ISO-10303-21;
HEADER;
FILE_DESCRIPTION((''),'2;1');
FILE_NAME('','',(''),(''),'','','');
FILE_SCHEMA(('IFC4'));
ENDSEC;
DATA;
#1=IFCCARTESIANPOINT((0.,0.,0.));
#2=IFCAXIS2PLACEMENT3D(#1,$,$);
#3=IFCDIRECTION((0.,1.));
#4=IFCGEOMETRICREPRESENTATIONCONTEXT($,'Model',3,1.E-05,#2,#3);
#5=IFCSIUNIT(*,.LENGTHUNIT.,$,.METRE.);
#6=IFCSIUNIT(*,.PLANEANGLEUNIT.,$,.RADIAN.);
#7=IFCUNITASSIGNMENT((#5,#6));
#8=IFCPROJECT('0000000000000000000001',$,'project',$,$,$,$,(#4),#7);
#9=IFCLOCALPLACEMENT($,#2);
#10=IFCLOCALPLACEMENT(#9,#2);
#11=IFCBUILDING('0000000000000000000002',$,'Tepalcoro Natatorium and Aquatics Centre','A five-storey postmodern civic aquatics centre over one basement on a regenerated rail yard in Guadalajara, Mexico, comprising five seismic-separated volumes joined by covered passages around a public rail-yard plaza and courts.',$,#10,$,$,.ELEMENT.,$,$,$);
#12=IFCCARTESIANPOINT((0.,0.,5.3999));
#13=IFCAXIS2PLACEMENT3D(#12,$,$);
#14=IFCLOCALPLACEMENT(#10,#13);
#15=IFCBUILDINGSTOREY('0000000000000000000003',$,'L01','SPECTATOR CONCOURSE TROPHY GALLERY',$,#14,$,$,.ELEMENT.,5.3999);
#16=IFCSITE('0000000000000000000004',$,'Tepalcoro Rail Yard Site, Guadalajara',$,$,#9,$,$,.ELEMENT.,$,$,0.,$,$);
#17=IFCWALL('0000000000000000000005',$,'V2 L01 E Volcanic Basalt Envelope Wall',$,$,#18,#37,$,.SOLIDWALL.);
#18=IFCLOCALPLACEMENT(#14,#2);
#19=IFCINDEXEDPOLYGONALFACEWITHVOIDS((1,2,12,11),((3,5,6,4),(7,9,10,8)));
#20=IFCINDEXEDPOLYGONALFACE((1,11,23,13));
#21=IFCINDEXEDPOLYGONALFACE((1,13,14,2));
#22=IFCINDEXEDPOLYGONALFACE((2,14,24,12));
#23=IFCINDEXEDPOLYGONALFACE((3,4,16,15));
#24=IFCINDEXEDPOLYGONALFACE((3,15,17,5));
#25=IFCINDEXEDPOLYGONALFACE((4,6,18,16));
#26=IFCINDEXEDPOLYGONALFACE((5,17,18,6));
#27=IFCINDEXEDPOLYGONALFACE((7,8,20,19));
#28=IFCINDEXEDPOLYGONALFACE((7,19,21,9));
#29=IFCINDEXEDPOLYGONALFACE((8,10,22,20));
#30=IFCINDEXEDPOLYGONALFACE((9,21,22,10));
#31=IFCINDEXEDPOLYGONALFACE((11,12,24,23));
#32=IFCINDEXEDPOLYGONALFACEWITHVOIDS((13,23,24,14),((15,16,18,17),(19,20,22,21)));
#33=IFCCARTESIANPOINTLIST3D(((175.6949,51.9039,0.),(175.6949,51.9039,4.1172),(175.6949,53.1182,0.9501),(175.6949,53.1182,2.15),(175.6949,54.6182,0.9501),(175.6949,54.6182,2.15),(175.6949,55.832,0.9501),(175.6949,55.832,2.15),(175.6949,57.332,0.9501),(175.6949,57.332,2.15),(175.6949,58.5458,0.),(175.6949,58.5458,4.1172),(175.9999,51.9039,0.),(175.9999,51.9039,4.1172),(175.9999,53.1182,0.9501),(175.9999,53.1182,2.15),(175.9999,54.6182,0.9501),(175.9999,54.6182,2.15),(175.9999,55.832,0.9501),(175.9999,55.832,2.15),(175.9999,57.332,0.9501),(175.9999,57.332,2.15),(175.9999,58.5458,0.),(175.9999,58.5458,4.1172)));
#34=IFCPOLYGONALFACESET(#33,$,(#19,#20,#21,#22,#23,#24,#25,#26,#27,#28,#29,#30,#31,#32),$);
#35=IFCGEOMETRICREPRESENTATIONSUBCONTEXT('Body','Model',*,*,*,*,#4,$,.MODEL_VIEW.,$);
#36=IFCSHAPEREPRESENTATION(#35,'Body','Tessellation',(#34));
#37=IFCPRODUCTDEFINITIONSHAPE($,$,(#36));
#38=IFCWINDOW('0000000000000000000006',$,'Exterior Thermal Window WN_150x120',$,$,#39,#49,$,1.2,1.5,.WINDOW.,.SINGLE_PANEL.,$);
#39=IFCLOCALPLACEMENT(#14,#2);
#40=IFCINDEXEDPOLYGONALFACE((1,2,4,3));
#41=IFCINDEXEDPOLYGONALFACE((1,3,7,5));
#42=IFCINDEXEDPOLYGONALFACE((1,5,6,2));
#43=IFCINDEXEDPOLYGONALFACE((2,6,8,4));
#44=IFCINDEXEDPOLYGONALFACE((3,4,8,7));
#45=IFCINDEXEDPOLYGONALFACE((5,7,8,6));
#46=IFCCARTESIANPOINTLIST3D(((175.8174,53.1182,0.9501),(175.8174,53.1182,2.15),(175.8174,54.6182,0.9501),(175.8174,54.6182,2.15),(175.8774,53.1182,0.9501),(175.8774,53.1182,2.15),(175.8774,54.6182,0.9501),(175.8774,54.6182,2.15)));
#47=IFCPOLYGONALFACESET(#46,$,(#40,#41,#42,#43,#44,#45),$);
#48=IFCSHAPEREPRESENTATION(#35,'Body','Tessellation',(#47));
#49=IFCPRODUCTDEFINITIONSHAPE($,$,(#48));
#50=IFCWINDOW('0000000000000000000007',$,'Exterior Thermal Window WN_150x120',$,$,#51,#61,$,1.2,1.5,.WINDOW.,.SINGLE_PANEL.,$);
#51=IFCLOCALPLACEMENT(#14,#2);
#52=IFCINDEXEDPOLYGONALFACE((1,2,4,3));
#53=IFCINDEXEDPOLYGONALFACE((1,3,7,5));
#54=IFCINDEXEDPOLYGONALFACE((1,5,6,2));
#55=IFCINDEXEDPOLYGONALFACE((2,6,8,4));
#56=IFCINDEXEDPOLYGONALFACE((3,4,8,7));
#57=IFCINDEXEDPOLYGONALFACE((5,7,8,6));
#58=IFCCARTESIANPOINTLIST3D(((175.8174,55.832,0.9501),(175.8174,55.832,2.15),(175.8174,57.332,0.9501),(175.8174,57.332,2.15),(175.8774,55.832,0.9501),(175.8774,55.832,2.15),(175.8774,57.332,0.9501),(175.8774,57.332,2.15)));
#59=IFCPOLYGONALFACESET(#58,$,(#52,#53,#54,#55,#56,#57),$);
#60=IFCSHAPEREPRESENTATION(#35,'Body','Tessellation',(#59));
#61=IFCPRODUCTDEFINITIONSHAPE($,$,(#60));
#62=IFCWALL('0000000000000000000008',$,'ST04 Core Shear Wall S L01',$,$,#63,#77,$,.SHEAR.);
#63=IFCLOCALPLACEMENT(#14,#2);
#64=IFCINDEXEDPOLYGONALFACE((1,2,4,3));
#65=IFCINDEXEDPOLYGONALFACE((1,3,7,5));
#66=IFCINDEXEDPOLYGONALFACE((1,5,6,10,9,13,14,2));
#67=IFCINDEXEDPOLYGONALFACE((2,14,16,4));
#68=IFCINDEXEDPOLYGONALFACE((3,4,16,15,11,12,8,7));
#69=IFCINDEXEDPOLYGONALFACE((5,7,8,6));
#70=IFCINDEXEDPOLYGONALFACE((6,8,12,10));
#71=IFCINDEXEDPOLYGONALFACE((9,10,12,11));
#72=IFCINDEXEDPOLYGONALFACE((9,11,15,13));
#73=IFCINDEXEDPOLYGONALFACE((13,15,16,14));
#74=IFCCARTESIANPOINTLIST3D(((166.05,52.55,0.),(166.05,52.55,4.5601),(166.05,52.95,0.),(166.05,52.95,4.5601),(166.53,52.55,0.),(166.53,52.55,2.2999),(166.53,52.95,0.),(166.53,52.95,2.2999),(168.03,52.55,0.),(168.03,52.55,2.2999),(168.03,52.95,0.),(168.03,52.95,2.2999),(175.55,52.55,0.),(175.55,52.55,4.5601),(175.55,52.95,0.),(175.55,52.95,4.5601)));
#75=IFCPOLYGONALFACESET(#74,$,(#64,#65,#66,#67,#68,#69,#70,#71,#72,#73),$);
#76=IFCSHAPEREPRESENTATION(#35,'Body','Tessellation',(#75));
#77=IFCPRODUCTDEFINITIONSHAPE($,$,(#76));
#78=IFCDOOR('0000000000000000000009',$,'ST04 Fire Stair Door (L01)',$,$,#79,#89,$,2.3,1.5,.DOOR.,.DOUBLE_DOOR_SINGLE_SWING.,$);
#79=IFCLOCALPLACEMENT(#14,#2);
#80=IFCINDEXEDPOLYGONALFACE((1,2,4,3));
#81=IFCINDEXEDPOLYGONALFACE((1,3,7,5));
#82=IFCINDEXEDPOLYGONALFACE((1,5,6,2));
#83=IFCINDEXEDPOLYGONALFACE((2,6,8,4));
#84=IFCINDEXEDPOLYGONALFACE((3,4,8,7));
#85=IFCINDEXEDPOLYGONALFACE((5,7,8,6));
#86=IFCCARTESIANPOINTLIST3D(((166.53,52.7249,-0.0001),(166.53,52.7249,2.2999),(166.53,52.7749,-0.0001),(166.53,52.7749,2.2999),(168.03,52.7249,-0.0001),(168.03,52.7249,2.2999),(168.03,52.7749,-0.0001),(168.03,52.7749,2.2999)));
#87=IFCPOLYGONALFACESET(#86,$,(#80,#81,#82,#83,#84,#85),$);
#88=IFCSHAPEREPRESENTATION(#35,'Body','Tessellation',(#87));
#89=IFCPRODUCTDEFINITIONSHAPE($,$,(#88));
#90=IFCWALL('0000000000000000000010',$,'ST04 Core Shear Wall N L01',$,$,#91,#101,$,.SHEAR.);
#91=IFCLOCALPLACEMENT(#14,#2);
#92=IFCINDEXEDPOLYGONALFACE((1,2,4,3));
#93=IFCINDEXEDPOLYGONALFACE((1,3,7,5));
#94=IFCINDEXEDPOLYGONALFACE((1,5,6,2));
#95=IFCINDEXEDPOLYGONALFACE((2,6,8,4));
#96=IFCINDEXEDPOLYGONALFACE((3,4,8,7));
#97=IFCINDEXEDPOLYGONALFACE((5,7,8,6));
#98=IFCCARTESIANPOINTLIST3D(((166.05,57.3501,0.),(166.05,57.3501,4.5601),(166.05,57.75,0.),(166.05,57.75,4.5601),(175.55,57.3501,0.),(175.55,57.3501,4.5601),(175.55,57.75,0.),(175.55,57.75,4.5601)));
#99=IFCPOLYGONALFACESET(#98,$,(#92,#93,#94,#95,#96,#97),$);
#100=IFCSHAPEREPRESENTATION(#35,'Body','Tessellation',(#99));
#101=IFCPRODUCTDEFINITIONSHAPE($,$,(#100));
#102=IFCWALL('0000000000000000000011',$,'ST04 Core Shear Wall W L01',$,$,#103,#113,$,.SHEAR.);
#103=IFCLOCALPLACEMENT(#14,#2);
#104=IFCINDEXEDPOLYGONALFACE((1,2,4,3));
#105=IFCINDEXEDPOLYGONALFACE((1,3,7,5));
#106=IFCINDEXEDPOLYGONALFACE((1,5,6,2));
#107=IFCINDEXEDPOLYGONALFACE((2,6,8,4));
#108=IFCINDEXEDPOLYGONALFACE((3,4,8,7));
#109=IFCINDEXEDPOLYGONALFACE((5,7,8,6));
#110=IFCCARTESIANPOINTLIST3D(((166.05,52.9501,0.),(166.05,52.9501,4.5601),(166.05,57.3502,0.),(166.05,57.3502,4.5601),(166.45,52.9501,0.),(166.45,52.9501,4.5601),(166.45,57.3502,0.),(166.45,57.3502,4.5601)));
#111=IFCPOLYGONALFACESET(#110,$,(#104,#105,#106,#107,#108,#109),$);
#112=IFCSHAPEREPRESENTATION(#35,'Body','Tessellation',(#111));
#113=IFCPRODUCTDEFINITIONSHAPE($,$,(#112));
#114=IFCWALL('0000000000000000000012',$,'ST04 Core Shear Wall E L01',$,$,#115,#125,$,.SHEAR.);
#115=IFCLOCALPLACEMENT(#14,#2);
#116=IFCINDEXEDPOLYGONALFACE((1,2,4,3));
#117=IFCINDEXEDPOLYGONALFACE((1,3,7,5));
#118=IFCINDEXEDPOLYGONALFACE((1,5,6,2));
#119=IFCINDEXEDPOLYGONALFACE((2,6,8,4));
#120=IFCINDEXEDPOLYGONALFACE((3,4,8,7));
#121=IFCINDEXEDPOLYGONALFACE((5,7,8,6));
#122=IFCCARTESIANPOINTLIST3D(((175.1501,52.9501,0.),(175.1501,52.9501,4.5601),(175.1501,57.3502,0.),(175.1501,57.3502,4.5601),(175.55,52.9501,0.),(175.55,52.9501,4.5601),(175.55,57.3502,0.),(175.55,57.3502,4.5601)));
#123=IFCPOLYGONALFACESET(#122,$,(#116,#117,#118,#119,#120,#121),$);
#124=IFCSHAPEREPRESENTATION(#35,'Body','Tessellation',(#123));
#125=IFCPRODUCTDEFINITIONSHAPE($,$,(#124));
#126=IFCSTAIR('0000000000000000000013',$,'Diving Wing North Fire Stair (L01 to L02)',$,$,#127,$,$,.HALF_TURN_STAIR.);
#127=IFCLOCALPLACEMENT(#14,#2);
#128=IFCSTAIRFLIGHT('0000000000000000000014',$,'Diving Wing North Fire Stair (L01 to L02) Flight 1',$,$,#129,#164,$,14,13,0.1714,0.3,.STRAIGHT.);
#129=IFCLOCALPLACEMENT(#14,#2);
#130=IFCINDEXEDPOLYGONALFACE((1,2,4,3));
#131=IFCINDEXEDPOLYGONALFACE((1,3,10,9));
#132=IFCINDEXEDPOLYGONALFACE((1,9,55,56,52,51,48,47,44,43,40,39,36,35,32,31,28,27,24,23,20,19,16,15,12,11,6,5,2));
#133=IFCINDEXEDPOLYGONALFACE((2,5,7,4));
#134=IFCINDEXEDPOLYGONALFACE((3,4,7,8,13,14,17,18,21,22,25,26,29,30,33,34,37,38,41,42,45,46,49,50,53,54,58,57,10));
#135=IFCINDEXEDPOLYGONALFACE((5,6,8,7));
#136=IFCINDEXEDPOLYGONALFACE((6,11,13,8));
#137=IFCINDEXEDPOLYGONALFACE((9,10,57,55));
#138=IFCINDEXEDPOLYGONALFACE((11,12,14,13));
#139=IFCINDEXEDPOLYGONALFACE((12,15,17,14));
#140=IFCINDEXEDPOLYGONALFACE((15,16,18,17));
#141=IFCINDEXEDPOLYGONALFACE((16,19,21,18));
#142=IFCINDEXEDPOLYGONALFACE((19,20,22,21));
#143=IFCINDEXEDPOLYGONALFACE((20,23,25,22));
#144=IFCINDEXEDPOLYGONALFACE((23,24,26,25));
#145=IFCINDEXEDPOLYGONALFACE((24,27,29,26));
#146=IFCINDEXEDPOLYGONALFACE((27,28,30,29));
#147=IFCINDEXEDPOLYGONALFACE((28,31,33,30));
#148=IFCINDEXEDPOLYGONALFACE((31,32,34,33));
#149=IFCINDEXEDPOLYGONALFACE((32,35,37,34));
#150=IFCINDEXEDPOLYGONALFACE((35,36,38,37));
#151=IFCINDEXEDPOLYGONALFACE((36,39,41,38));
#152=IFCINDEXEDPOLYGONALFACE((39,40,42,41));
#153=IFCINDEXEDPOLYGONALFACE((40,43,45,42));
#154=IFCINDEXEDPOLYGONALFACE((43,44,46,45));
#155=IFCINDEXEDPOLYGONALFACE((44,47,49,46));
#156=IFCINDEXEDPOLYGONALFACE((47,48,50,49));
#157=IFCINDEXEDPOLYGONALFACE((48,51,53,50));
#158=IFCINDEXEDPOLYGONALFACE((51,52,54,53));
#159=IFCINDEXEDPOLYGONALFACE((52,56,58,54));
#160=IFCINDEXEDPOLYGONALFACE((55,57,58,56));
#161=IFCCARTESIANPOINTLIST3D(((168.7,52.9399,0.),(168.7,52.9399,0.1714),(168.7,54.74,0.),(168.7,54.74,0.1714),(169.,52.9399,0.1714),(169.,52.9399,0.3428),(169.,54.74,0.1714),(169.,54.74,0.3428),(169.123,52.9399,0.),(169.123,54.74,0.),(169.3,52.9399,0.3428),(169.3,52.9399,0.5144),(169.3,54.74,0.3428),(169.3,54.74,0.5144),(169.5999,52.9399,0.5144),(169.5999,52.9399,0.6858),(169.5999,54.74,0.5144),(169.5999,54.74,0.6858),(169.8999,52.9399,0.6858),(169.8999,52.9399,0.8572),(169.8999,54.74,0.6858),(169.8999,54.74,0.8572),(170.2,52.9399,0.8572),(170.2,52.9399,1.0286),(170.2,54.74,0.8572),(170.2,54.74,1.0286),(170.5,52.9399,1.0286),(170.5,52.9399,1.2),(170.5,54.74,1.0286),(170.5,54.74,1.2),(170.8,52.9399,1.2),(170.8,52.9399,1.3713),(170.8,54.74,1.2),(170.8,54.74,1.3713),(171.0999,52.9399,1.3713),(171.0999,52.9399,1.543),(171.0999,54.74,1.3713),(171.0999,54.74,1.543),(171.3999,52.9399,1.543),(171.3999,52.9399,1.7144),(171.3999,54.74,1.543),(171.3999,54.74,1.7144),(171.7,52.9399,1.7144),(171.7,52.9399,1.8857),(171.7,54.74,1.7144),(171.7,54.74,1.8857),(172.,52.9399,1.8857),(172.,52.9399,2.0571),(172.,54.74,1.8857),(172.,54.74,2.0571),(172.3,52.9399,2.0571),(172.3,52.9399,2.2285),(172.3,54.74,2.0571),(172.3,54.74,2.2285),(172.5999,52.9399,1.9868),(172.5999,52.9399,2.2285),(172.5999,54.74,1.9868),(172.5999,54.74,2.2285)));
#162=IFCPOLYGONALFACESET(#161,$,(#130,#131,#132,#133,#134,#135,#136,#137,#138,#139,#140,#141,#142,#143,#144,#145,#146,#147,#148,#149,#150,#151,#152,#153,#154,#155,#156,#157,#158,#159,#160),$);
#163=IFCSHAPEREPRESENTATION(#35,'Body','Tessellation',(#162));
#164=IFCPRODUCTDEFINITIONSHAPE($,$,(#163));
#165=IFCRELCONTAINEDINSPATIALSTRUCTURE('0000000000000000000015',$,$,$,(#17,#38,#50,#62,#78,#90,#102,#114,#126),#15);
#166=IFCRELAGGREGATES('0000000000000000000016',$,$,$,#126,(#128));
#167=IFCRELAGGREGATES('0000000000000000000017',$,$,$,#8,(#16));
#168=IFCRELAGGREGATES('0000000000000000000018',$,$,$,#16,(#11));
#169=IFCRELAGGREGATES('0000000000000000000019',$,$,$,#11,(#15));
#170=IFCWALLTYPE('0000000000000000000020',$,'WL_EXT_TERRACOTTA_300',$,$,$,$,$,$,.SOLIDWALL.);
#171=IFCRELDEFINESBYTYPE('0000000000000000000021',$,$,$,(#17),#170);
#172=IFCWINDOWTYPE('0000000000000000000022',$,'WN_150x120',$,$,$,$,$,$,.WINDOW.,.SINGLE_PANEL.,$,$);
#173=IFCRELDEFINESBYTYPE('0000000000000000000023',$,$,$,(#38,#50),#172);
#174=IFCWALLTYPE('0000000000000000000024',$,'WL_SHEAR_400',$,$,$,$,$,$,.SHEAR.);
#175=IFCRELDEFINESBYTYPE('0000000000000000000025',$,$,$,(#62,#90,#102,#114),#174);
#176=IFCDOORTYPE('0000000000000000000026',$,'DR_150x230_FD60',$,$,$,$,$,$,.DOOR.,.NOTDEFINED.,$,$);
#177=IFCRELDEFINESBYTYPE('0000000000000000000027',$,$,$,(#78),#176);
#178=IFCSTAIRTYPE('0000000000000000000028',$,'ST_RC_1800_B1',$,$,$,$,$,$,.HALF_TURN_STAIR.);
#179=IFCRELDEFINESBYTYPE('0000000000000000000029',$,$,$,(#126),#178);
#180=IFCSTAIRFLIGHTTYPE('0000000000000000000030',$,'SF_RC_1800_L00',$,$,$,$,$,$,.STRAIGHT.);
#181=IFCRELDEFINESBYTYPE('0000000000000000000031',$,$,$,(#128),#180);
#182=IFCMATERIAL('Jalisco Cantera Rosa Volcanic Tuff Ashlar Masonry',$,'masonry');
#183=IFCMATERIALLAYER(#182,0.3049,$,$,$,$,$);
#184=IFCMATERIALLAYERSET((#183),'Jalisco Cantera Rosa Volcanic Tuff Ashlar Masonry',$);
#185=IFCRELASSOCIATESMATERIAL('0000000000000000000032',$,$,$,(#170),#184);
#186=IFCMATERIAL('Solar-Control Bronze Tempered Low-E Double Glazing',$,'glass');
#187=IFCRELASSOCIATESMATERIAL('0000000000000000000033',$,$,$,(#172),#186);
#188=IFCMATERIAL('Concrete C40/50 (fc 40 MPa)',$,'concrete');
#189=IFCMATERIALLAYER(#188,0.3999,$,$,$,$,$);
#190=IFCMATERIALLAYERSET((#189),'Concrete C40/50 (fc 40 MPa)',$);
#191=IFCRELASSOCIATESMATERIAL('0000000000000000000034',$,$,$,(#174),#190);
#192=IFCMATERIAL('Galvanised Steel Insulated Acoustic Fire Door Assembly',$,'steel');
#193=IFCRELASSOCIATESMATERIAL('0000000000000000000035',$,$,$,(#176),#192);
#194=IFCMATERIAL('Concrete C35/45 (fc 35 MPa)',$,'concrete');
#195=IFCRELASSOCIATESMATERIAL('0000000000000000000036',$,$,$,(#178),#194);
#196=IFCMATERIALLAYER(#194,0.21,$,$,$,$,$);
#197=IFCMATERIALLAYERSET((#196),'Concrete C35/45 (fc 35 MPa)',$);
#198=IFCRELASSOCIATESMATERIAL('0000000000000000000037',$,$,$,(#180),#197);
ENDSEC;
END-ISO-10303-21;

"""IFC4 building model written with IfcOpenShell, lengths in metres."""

from ifc_helpers import new_model, si_unit, direction, frame, frame_2d, origin, place, context, subcontext, project, spatial, polyline, rectangle, outline, extrude, material, layer, layer_set, type_object, element, fill, aggregate, save


model = new_model("IFC4")

# Units and contexts
model_context = context("Model", 3, precision=1e-05, world=origin(), true_north=direction((0.0, 1.0)))
body_context = subcontext(model_context, "Body", "Model", "MODEL_VIEW")
ifc_project = project(units=[si_unit("LENGTHUNIT", "METRE"), si_unit("PLANEANGLEUNIT", "RADIAN")], contexts=[model_context])

# Site, building, storey
site_placement = place(None, origin())
site = spatial("IfcSite", under=ifc_project, at=site_placement, Name="Tepalcoro Rail Yard Site, Guadalajara", CompositionType="ELEMENT", RefElevation=0.0)
building_placement = place(site_placement, origin())
building = spatial("IfcBuilding", under=site, at=building_placement, Name="Tepalcoro Natatorium and Aquatics Centre", Description="A five-storey postmodern civic aquatics centre over one basement on a regenerated rail yard in Guadalajara, Mexico, comprising five seismic-separated volumes joined by covered passages around a public rail-yard plaza and courts.", CompositionType="ELEMENT")
storey_placement = place(building_placement, frame((0.0, 0.0, 5.3999)))
storey = spatial("IfcBuildingStorey", under=building, at=storey_placement, Name="L01", Description="SPECTATOR CONCOURSE TROPHY GALLERY", CompositionType="ELEMENT", Elevation=5.3999)

# Shared definitions
ifc_material_1 = material(Name="Concrete C40/50 (fc 40 MPa)", Category="concrete")

# Wall, openings, windows
ifc_material_2 = material(Name="Jalisco Cantera Rosa Volcanic Tuff Ashlar Masonry", Category="masonry")
ifc_material_3 = material(Name="Solar-Control Bronze Tempered Low-E Double Glazing", Category="glass")
ifc_layer_1 = layer(ifc_material_2, 0.3049)
ifc_layer_set_1 = layer_set([ifc_layer_1], Name="Jalisco Cantera Rosa Volcanic Tuff Ashlar Masonry")
wall_type_1 = type_object("IfcWallType", Name="WL_EXT_TERRACOTTA_300", PredefinedType="SOLIDWALL", material=ifc_layer_set_1)
wall_1_placement = place(storey_placement, frame((175.8474, 51.9041, 0.0), z_axis=(0.0, 0.0, 1.0), x_axis=(0.0, 1.0, 0.0)))
wall_1 = element("IfcWall", 1, at=wall_1_placement, inside=storey, type_object=wall_type_1, Name="V2 L01 E Volcanic Basalt Envelope Wall", PredefinedType="SOLIDWALL", context=body_context, shape_type="SweptSolid", body=[
    extrude(rectangle(XDim=6.6418, YDim=0.3049, at=frame_2d((3.3208, 0.0))), origin(), (0.0, 0.0, 1.0), 4.1172),
])
opening_1_placement = place(wall_1_placement, frame((1.2141, 0.0, 0.95)))
opening_1 = element("IfcOpeningElement", 2, at=opening_1_placement, cuts=wall_1, PredefinedType="OPENING", context=body_context, shape_type="SweptSolid", body=[
    extrude(rectangle(XDim=1.5, YDim=1.2, at=frame_2d((0.75, 0.6001))), frame((0.0, 0.1646, 0.0), z_axis=(0.0, -1.0, 0.0), x_axis=(1.0, 0.0, 0.0)), (0.0, 0.0, 1.0), 0.3289),
])
opening_2_placement = place(wall_1_placement, frame((3.928, 0.0, 0.95)))
opening_2 = element("IfcOpeningElement", 3, at=opening_2_placement, cuts=wall_1, PredefinedType="OPENING", context=body_context, shape_type="SweptSolid", body=[
    extrude(rectangle(XDim=1.5, YDim=1.2, at=frame_2d((0.75, 0.6001))), frame((0.0, 0.1646, 0.0), z_axis=(0.0, -1.0, 0.0), x_axis=(1.0, 0.0, 0.0)), (0.0, 0.0, 1.0), 0.3289),
])
window_type_1 = type_object("IfcWindowType", Name="WN_150x120", PartitioningType="SINGLE_PANEL", PredefinedType="WINDOW", material=ifc_material_3)
window_1_placement = place(opening_1_placement, origin())
window_1 = element("IfcWindow", 4, at=window_1_placement, inside=storey, type_object=window_type_1, Name="Exterior Thermal Window WN_150x120", OverallHeight=1.2, OverallWidth=1.5, PartitioningType="SINGLE_PANEL", PredefinedType="WINDOW", context=body_context, shape_type="SweptSolid", body=[
    extrude(rectangle(XDim=1.5, YDim=1.2, at=frame_2d((0.75, 0.6001))), frame((0.0, 0.03, 0.0), z_axis=(0.0, -1.0, 0.0), x_axis=(1.0, 0.0, 0.0)), (0.0, 0.0, 1.0), 0.0601),
])
fill(opening_1, window_1)
window_2_placement = place(opening_2_placement, origin())
window_2 = element("IfcWindow", 5, at=window_2_placement, inside=storey, type_object=window_type_1, Name="Exterior Thermal Window WN_150x120", OverallHeight=1.2, OverallWidth=1.5, PartitioningType="SINGLE_PANEL", PredefinedType="WINDOW", context=body_context, shape_type="SweptSolid", body=[
    extrude(rectangle(XDim=1.5, YDim=1.2, at=frame_2d((0.75, 0.6001))), frame((0.0, 0.03, 0.0), z_axis=(0.0, -1.0, 0.0), x_axis=(1.0, 0.0, 0.0)), (0.0, 0.0, 1.0), 0.0601),
])
fill(opening_2, window_2)

# Wall, opening, door
ifc_layer_2 = layer(ifc_material_1, 0.3999)
ifc_layer_set_2 = layer_set([ifc_layer_2], Name="Concrete C40/50 (fc 40 MPa)")
wall_type_2 = type_object("IfcWallType", Name="WL_SHEAR_400", PredefinedType="SHEAR", material=ifc_layer_set_2)
wall_2_placement = place(storey_placement, frame((166.05, 52.75, 0.0), z_axis=(0.0, 0.0, 1.0), x_axis=(1.0, 0.0, 0.0)))
wall_2 = element("IfcWall", 6, at=wall_2_placement, inside=storey, type_object=wall_type_2, Name="ST04 Core Shear Wall S L01", PredefinedType="SHEAR", context=body_context, shape_type="SweptSolid", body=[
    extrude(rectangle(XDim=9.5, YDim=0.3999, at=frame_2d((4.75, 0.0))), origin(), (0.0, 0.0, 1.0), 4.5601),
])
opening_3_placement = place(wall_2_placement, frame((0.48, 0.0, 0.0)))
opening_3 = element("IfcOpeningElement", 7, at=opening_3_placement, cuts=wall_2, PredefinedType="OPENING", context=body_context, shape_type="SweptSolid", body=[
    extrude(rectangle(XDim=1.5, YDim=2.3, at=frame_2d((0.75, 1.1499))), frame((0.0, 0.2119, 0.0), z_axis=(0.0, -1.0, 0.0), x_axis=(1.0, 0.0, 0.0)), (0.0, 0.0, 1.0), 0.4238),
])
ifc_material_4 = material(Name="Galvanised Steel Insulated Acoustic Fire Door Assembly", Category="steel")
door_type = type_object("IfcDoorType", Name="DR_150x230_FD60", OperationType="NOTDEFINED", PredefinedType="DOOR", material=ifc_material_4)
door_placement = place(opening_3_placement, origin())
door = element("IfcDoor", 8, at=door_placement, inside=storey, type_object=door_type, Name="ST04 Fire Stair Door (L01)", OperationType="DOUBLE_DOOR_SINGLE_SWING", OverallHeight=2.3, OverallWidth=1.5, PredefinedType="DOOR", context=body_context, shape_type="SweptSolid", body=[
    extrude(rectangle(XDim=1.5, YDim=2.3, at=frame_2d((0.75, 1.1499))), frame((0.0, 0.0249, 0.0), z_axis=(0.0, -1.0, 0.0), x_axis=(1.0, 0.0, 0.0)), (0.0, 0.0, 1.0), 0.05),
])
fill(opening_3, door)

# Walls
wall_3_placement = place(storey_placement, frame((166.05, 57.55, 0.0), z_axis=(0.0, 0.0, 1.0), x_axis=(1.0, 0.0, 0.0)))
element("IfcWall", 9, at=wall_3_placement, inside=storey, type_object=wall_type_2, Name="ST04 Core Shear Wall N L01", PredefinedType="SHEAR", context=body_context, shape_type="SweptSolid", body=[
    extrude(rectangle(XDim=9.5, YDim=0.3999, at=frame_2d((4.75, 0.0))), origin(), (0.0, 0.0, 1.0), 4.5601),
])
for number, where, z_axis, x_axis, name in (
    (10, (166.25, 52.95, 0.0), (0.0, 0.0, 1.0), (0.0, 1.0, 0.0), "ST04 Core Shear Wall W L01"),
    (11, (175.3501, 52.95, 0.0), (0.0, 0.0, 1.0), (0.0, 1.0, 0.0), "ST04 Core Shear Wall E L01"),
):
    element("IfcWall", number, at=place(storey_placement, frame(where, z_axis=z_axis, x_axis=x_axis)), inside=storey, type_object=wall_type_2, Name=name, PredefinedType="SHEAR", context=body_context, shape_type="SweptSolid", body=[
        extrude(rectangle(XDim=4.4001, YDim=0.3999, at=frame_2d((2.2002, 0.0))), origin(), (0.0, 0.0, 1.0), 4.5601),
    ])

# Stair, stair flight
ifc_material_5 = material(Name="Concrete C35/45 (fc 35 MPa)", Category="concrete")
stair_type = type_object("IfcStairType", Name="ST_RC_1800_B1", PredefinedType="HALF_TURN_STAIR", material=ifc_material_5)
stair_placement = place(storey_placement, origin())
stair = element("IfcStair", 12, at=stair_placement, inside=storey, type_object=stair_type, Name="Diving Wing North Fire Stair (L01 to L02)", PredefinedType="HALF_TURN_STAIR")
ifc_layer_3 = layer(ifc_material_5, 0.21)
ifc_layer_set_3 = layer_set([ifc_layer_3], Name="Concrete C35/45 (fc 35 MPa)")
stair_flight_type = type_object("IfcStairFlightType", Name="SF_RC_1800_L00", PredefinedType="STRAIGHT", material=ifc_layer_set_3)
stair_flight_1_placement = place(storey_placement, frame((168.7, 53.8401, 0.0), z_axis=(0.0, 0.0, 1.0), x_axis=(1.0, 0.0, 0.0)))
stair_flight_1 = element("IfcStairFlight", 13, at=stair_flight_1_placement, type_object=stair_flight_type, Name="Diving Wing North Fire Stair (L01 to L02) Flight 1", NumberOfRisers=14, NumberOfTreads=13, PredefinedType="STRAIGHT", RiserHeight=0.1714, TreadLength=0.3, context=body_context, shape_type="SweptSolid", body=[
    extrude(outline(polyline([(0.0, 0.0), (0.0, 0.1714), (0.3, 0.1714), (0.3, 0.3428), (0.6001, 0.3428), (0.6001, 0.5144), (0.8999, 0.5144), (0.8999, 0.6858), (1.2, 0.6858), (1.2, 0.8572), (1.5, 0.8572), (1.5, 1.0286), (1.8, 1.0286), (1.8, 1.2), (2.1001, 1.2), (2.1001, 1.3713), (2.3999, 1.3713), (2.3999, 1.543), (2.7, 1.543), (2.7, 1.7144), (3.0, 1.7144), (3.0, 1.8857), (3.3, 1.8857), (3.3, 2.0571), (3.6001, 2.0571), (3.6001, 2.2285), (3.8999, 2.2285), (3.8999, 2.3999), (3.8999, 1.9868), (0.4231, 0.0), (0.0, 0.0)])), frame((0.0, 0.8999, 0.0), z_axis=(0.0, -1.0, 0.0), x_axis=(1.0, 0.0, 0.0)), (0.0, 0.0, 1.0), 1.8),
])
aggregate(stair, [stair_flight_1])

save(model, "model.ifc")
